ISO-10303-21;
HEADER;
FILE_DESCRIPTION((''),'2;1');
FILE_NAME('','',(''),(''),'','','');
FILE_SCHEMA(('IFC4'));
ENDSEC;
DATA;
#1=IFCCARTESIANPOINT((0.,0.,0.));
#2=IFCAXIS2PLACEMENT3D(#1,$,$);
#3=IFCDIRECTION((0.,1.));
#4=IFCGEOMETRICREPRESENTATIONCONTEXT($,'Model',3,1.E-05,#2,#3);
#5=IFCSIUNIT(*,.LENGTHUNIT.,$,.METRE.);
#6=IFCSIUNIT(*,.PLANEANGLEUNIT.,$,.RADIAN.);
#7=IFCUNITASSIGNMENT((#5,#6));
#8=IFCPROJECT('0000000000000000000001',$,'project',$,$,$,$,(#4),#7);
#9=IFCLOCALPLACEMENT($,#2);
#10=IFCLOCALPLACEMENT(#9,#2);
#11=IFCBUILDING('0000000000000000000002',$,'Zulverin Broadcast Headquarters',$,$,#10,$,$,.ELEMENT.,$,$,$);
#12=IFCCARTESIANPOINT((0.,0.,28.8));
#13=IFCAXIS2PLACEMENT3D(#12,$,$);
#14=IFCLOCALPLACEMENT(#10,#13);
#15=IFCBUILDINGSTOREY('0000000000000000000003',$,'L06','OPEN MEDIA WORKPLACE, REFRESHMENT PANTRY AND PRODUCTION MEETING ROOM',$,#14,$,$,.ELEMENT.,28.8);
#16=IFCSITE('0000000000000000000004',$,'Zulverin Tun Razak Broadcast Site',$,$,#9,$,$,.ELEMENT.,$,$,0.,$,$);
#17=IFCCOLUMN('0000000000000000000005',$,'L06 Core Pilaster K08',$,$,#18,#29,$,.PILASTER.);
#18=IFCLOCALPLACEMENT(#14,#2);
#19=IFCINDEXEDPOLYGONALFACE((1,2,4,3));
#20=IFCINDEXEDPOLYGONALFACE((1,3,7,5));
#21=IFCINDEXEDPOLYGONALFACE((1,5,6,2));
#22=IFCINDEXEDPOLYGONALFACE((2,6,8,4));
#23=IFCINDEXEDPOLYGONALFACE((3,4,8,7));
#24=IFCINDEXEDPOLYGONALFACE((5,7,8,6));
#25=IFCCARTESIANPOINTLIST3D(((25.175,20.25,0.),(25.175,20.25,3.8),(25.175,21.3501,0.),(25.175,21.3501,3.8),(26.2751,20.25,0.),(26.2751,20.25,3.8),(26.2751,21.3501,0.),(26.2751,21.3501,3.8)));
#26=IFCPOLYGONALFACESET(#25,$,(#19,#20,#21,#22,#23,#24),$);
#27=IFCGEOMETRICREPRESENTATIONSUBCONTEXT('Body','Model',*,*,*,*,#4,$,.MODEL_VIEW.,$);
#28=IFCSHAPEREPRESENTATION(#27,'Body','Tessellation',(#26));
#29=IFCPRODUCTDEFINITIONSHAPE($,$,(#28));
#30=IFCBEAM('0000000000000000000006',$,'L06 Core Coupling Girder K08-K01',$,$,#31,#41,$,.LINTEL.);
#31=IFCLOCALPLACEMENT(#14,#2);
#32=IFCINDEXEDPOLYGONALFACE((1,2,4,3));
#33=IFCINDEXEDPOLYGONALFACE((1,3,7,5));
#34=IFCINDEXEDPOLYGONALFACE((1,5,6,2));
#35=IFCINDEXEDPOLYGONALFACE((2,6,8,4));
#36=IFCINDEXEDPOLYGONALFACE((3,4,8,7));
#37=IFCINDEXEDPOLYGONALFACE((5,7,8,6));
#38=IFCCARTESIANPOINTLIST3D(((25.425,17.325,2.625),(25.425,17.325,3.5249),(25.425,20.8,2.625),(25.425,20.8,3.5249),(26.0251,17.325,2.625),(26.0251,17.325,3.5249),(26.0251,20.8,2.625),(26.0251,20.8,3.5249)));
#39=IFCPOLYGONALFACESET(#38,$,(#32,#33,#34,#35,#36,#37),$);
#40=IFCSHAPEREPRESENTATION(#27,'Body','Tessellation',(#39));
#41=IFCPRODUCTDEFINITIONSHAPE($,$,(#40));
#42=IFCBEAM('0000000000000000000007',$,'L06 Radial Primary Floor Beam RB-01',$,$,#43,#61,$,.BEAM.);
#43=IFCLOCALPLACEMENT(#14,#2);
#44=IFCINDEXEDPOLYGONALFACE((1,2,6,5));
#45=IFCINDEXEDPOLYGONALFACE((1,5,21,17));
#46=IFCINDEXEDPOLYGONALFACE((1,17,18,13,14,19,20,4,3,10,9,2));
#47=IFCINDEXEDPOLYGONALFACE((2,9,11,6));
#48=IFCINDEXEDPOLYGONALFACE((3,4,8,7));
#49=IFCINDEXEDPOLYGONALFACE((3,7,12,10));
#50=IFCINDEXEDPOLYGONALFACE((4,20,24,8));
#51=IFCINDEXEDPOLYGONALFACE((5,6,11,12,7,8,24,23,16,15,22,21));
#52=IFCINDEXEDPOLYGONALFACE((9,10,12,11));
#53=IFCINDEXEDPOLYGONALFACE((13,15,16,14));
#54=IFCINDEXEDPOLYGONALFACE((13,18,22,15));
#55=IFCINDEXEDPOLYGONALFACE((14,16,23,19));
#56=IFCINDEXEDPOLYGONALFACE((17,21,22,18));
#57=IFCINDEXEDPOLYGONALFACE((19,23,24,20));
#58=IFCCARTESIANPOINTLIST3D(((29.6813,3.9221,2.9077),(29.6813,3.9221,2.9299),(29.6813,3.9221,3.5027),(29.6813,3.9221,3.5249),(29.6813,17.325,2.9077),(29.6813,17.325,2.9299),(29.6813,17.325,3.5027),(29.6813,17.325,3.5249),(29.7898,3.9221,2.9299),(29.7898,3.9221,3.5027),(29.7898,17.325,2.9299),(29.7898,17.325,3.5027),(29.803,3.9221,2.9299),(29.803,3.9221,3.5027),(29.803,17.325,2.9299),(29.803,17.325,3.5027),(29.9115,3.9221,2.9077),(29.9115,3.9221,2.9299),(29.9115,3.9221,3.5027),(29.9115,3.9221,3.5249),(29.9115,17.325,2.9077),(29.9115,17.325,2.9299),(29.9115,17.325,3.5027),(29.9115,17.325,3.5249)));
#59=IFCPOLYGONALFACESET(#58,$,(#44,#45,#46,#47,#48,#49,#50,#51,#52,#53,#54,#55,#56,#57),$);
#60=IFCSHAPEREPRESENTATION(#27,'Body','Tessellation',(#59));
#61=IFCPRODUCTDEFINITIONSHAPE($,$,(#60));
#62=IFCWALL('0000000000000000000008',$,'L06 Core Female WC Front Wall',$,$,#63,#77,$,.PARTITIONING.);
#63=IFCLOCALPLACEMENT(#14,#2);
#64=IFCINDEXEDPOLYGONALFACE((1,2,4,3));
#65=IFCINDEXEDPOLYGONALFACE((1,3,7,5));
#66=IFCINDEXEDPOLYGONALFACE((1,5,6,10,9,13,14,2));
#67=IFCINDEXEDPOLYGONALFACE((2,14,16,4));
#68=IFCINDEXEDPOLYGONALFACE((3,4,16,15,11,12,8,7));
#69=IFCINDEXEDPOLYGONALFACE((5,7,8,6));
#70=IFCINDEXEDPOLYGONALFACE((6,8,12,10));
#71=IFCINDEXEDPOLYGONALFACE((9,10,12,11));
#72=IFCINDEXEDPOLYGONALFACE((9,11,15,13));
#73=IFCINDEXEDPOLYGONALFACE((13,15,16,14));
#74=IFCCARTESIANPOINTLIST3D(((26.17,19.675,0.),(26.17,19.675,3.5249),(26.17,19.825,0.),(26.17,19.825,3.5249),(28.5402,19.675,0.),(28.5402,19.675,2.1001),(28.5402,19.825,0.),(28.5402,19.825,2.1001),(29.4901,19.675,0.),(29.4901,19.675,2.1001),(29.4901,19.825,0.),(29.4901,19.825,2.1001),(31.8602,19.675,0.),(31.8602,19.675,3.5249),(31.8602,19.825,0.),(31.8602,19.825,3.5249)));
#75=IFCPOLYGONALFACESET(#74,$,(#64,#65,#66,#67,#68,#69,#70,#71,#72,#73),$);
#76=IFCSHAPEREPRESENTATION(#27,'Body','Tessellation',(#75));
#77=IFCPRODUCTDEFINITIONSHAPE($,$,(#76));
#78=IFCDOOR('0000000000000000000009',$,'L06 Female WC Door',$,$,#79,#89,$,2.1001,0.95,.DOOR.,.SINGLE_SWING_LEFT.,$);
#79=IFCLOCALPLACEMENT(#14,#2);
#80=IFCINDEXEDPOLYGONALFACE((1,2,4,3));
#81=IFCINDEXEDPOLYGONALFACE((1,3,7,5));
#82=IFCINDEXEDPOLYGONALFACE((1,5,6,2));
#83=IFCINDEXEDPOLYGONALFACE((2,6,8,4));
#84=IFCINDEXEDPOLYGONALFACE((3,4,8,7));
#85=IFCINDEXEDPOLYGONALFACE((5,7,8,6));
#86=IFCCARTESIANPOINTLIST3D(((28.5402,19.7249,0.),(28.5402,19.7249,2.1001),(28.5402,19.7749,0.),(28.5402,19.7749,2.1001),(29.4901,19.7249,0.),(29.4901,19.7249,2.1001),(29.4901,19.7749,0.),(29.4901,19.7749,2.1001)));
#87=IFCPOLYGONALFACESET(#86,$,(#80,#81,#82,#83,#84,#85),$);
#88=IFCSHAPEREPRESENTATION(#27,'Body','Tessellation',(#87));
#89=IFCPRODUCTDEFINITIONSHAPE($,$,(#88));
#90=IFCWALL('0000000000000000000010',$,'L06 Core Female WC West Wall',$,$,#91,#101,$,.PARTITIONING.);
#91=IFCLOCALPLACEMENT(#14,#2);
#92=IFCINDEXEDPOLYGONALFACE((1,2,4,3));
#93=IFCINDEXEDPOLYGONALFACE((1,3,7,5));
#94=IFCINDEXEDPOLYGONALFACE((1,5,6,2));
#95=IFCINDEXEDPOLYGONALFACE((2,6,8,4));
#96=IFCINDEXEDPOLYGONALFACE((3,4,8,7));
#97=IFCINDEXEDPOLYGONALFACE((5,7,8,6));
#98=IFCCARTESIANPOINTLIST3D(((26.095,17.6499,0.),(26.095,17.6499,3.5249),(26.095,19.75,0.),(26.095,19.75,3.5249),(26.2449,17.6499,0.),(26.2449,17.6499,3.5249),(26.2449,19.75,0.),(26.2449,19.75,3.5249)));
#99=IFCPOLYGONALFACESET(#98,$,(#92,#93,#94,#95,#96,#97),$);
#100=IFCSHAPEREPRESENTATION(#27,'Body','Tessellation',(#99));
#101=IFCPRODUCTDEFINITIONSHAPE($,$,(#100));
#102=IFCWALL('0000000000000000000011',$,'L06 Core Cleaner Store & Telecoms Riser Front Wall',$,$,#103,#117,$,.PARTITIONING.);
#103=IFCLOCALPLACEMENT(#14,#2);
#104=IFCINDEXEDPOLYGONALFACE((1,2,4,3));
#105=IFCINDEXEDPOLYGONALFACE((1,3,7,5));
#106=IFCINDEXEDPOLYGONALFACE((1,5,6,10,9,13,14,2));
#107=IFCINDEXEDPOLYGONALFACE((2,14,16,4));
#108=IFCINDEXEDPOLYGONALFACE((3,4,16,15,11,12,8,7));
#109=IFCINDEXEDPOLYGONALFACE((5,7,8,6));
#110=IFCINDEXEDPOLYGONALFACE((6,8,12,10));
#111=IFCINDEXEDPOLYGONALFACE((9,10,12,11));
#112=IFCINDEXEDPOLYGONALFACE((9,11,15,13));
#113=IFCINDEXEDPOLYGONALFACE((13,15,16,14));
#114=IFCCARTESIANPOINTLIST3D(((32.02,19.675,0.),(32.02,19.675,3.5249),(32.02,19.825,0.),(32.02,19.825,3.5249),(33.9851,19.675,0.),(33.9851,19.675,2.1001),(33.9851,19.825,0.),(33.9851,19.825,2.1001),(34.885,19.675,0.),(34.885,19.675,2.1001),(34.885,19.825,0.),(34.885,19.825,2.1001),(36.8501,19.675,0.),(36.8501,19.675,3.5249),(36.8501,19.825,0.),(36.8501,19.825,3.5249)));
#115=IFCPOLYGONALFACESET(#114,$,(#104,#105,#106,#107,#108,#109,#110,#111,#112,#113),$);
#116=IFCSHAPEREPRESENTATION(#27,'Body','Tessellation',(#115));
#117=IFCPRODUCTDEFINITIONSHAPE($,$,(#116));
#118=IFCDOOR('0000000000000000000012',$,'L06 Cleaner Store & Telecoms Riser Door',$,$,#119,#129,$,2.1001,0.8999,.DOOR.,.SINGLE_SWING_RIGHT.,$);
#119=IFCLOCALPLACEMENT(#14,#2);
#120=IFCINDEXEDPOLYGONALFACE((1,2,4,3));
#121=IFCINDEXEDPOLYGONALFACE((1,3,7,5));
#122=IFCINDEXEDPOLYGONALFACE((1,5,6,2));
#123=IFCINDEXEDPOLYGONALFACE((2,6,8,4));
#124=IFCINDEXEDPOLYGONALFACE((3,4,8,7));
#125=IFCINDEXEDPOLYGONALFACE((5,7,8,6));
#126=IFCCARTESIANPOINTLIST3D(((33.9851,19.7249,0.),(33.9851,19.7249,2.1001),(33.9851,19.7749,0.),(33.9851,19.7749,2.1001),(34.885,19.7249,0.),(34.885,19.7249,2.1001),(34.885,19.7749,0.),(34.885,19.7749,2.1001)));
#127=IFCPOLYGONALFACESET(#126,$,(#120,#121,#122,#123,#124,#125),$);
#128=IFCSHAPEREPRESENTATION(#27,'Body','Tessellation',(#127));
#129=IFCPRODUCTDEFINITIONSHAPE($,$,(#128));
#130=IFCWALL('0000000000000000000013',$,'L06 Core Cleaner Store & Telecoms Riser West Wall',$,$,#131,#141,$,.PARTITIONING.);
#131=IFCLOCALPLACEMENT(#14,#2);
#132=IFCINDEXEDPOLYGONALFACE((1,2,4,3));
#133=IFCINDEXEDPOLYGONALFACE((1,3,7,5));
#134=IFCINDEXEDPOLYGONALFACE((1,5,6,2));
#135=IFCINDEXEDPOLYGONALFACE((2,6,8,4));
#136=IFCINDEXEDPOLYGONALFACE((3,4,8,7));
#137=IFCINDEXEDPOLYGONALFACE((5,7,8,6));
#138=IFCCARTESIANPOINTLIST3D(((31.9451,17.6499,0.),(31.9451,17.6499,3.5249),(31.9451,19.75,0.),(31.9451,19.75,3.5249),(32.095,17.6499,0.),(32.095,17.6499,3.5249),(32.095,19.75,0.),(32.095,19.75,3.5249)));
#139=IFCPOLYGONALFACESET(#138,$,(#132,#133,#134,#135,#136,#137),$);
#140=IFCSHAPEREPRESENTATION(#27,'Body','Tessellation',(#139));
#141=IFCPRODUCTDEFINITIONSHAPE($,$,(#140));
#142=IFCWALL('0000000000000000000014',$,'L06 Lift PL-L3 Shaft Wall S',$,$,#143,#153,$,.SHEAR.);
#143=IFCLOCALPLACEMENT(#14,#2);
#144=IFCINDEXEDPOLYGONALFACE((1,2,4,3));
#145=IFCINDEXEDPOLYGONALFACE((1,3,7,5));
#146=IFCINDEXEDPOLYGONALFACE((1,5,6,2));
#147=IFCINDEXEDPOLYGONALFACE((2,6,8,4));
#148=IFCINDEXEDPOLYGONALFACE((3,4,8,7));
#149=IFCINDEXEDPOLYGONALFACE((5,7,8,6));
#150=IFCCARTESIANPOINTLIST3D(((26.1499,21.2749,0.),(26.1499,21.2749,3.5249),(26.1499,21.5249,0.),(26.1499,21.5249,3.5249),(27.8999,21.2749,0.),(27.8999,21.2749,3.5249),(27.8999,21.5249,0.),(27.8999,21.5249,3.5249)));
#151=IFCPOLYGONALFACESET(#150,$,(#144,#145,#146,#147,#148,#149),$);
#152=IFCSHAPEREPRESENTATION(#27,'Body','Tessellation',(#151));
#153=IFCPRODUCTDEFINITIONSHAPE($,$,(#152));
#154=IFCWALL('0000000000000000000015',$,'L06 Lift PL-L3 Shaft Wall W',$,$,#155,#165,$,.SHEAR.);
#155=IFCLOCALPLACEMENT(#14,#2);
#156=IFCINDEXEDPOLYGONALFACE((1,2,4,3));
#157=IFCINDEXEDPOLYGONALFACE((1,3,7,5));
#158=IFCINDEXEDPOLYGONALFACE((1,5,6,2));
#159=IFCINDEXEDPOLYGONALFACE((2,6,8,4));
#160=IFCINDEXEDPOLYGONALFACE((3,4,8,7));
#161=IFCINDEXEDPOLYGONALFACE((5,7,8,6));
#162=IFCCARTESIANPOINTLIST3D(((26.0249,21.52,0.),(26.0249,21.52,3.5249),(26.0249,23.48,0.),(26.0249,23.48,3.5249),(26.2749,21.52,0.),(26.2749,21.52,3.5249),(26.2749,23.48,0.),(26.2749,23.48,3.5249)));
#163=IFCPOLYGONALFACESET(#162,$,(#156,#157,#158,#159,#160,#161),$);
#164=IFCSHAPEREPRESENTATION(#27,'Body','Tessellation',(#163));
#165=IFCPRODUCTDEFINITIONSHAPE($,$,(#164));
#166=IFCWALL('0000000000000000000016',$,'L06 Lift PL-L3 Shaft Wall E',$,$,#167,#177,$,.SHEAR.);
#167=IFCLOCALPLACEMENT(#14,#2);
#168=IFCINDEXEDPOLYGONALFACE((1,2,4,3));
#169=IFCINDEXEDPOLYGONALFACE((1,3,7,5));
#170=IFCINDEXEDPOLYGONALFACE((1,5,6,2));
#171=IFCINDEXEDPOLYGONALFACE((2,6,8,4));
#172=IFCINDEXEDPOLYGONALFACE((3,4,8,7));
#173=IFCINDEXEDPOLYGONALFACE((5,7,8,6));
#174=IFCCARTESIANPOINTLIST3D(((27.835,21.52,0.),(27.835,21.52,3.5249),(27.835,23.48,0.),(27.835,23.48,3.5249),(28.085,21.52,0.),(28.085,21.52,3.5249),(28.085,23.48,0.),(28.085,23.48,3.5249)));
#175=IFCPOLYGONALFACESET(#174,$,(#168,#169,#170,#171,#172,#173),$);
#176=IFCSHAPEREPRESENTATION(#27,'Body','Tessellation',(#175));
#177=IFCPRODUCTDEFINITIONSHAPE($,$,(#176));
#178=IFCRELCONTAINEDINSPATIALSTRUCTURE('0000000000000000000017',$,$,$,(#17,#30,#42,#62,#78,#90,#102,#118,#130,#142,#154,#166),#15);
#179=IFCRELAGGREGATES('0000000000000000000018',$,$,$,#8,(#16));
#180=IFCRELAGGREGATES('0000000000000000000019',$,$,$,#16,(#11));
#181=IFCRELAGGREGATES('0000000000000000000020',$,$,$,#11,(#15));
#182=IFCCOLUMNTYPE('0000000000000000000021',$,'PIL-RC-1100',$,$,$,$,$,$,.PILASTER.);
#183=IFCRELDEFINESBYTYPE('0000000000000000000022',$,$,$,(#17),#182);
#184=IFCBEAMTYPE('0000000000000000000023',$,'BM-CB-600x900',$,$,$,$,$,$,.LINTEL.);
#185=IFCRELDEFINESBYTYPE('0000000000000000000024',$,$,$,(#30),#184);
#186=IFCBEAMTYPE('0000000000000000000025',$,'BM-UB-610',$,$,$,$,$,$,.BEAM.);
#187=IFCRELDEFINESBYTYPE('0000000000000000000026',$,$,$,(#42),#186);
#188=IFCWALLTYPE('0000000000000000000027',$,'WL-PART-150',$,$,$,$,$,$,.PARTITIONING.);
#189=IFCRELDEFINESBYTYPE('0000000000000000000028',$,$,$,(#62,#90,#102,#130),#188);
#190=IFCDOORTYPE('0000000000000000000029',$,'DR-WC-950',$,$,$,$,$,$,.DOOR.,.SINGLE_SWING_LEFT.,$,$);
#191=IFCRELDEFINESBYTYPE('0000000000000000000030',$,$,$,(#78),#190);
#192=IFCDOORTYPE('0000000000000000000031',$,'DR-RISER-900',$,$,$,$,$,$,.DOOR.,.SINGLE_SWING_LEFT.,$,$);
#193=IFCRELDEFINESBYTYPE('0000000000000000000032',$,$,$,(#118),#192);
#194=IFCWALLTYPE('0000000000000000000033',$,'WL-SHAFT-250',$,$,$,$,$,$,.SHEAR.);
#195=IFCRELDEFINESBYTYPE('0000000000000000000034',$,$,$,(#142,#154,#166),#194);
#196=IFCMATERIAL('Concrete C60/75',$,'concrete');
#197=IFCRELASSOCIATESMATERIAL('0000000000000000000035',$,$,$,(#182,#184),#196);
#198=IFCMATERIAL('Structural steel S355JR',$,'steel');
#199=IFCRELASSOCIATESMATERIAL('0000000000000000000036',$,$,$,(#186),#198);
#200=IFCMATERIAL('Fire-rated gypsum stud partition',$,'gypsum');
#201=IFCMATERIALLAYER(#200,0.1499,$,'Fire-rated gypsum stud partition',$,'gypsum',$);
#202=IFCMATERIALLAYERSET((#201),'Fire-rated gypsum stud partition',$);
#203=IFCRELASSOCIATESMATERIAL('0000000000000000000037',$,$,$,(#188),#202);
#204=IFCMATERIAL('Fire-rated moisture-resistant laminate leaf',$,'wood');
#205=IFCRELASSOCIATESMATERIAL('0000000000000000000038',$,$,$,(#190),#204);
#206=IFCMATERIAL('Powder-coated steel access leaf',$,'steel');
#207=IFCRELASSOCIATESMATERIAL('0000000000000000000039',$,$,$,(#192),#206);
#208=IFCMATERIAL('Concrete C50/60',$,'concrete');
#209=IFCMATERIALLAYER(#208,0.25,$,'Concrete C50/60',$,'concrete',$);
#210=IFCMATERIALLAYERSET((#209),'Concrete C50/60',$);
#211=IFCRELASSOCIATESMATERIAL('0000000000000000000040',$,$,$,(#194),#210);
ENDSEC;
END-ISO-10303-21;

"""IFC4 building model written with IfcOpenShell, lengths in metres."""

from ifc_helpers import new_model, si_unit, direction, frame, frame_2d, origin, origin_2d, place, context, subcontext, project, spatial, rectangle, i_section, extrude, material, layer, layer_set, material_profile, profile_set, type_object, element, fill, save


model = new_model("IFC4")

# Units and contexts
model_context = context("Model", 3, precision=1e-05, world=origin(), true_north=direction((0.0, 1.0)))
body_context = subcontext(model_context, "Body", "Model", "MODEL_VIEW")
ifc_project = project(units=[si_unit("LENGTHUNIT", "METRE"), si_unit("PLANEANGLEUNIT", "RADIAN")], contexts=[model_context])

# Site, building, storey
site_placement = place(None, origin())
site = spatial("IfcSite", under=ifc_project, at=site_placement, Name="Zulverin Tun Razak Broadcast Site", CompositionType="ELEMENT", RefElevation=0.0)
building_placement = place(site_placement, origin())
building = spatial("IfcBuilding", under=site, at=building_placement, Name="Zulverin Broadcast Headquarters", CompositionType="ELEMENT")
storey_placement = place(building_placement, frame((0.0, 0.0, 28.8)))
storey = spatial("IfcBuildingStorey", under=building, at=storey_placement, Name="L06", Description="OPEN MEDIA WORKPLACE, REFRESHMENT PANTRY AND PRODUCTION MEETING ROOM", CompositionType="ELEMENT", Elevation=28.8)

# Column
ifc_material_1 = material(Name="Concrete C60/75", Category="concrete")
ifc_material_profile_1 = material_profile(ifc_material_1, rectangle(XDim=1.1001, YDim=1.1001, at=origin_2d()), Name="Concrete C60/75", Category="concrete")
ifc_profile_set_1 = profile_set([ifc_material_profile_1], Name="Concrete C60/75")
column_type = type_object("IfcColumnType", Name="PIL-RC-1100", PredefinedType="PILASTER", material=ifc_profile_set_1)
column_placement = place(storey_placement, frame((25.7251, 20.8, 0.0), z_axis=(0.0, 0.0, 1.0), x_axis=(1.0, 0.0, 0.0)))
element("IfcColumn", 1, at=column_placement, inside=storey, type_object=column_type, Name="L06 Core Pilaster K08", PredefinedType="PILASTER", context=body_context, shape_type="SweptSolid", body=[
    extrude(rectangle(XDim=1.1001, YDim=1.1001, at=origin_2d()), origin(), (0.0, 0.0, 1.0), 3.8),
])

# Beams
ifc_material_profile_2 = material_profile(ifc_material_1, rectangle(XDim=0.6001, YDim=0.8999, at=origin_2d()), Name="Concrete C60/75", Category="concrete")
ifc_profile_set_2 = profile_set([ifc_material_profile_2], Name="Concrete C60/75")
beam_type_1 = type_object("IfcBeamType", Name="BM-CB-600x900", PredefinedType="LINTEL", material=ifc_profile_set_2)
beam_1_placement = place(storey_placement, frame((25.7251, 20.8, 3.075), z_axis=(0.0, -1.0, 0.0), x_axis=(1.0, 0.0, 0.0)))
element("IfcBeam", 2, at=beam_1_placement, inside=storey, type_object=beam_type_1, Name="L06 Core Coupling Girder K08-K01", PredefinedType="LINTEL", context=body_context, shape_type="SweptSolid", body=[
    extrude(rectangle(XDim=0.6001, YDim=0.8999, at=origin_2d()), origin(), (0.0, 0.0, 1.0), 3.4751),
])
ifc_material_2 = material(Name="Structural steel S355JR", Category="steel")
ifc_material_profile_3 = material_profile(ifc_material_2, i_section(OverallWidth=0.2302, OverallDepth=0.6172, WebThickness=0.0132, FlangeThickness=0.0222, at=origin_2d()), Name="Structural steel S355JR", Category="steel")
ifc_profile_set_3 = profile_set([ifc_material_profile_3], Name="Structural steel S355JR")
beam_type_2 = type_object("IfcBeamType", Name="BM-UB-610", PredefinedType="BEAM", material=ifc_profile_set_3)
beam_2_placement = place(storey_placement, frame((29.7964, 17.325, 3.2163), z_axis=(0.0, -1.0, 0.0), x_axis=(1.0, 0.0, 0.0)))
element("IfcBeam", 3, at=beam_2_placement, inside=storey, type_object=beam_type_2, Name="L06 Radial Primary Floor Beam RB-01", PredefinedType="BEAM", context=body_context, shape_type="SweptSolid", body=[
    extrude(i_section(OverallWidth=0.2302, OverallDepth=0.6172, WebThickness=0.0132, FlangeThickness=0.0222, at=origin_2d()), origin(), (0.0, 0.0, 1.0), 13.4028),
])

# Wall, opening, door
ifc_material_3 = material(Name="Fire-rated gypsum stud partition", Category="gypsum")
ifc_layer_1 = layer(ifc_material_3, 0.1499, Name="Fire-rated gypsum stud partition", Category="gypsum")
ifc_layer_set_1 = layer_set([ifc_layer_1], Name="Fire-rated gypsum stud partition")
wall_type_1 = type_object("IfcWallType", Name="WL-PART-150", PredefinedType="PARTITIONING", material=ifc_layer_set_1)
wall_1_placement = place(storey_placement, frame((26.1699, 19.75, 0.0), z_axis=(0.0, 0.0, 1.0), x_axis=(1.0, 0.0, 0.0)))
wall_1 = element("IfcWall", 4, at=wall_1_placement, inside=storey, type_object=wall_type_1, Name="L06 Core Female WC Front Wall", PredefinedType="PARTITIONING", context=body_context, shape_type="SweptSolid", body=[
    extrude(rectangle(XDim=5.6902, YDim=0.1499, at=frame_2d((2.8452, 0.0))), origin(), (0.0, 0.0, 1.0), 3.5249),
])
opening_1_placement = place(wall_1_placement, frame((2.3701, 0.0, 0.0)))
opening_1 = element("IfcOpeningElement", 5, at=opening_1_placement, cuts=wall_1, PredefinedType="OPENING", context=body_context, shape_type="SweptSolid", body=[
    extrude(rectangle(XDim=0.95, YDim=2.1001, at=frame_2d((0.4751, 1.05))), frame((0.0, 0.085, 0.0), z_axis=(0.0, -1.0, 0.0), x_axis=(1.0, 0.0, 0.0)), (0.0, 0.0, 1.0), 0.1699),
])
ifc_material_4 = material(Name="Fire-rated moisture-resistant laminate leaf", Category="wood")
door_type_1 = type_object("IfcDoorType", Name="DR-WC-950", OperationType="SINGLE_SWING_LEFT", PredefinedType="DOOR", material=ifc_material_4)
door_1_placement = place(opening_1_placement, origin())
door_1 = element("IfcDoor", 6, at=door_1_placement, inside=storey, type_object=door_type_1, Name="L06 Female WC Door", OperationType="SINGLE_SWING_LEFT", OverallHeight=2.1001, OverallWidth=0.95, PredefinedType="DOOR", context=body_context, shape_type="SweptSolid", body=[
    extrude(rectangle(XDim=0.95, YDim=2.1001, at=frame_2d((0.4751, 1.05))), frame((0.0, 0.0249, 0.0), z_axis=(0.0, -1.0, 0.0), x_axis=(1.0, 0.0, 0.0)), (0.0, 0.0, 1.0), 0.05),
])
fill(opening_1, door_1)

# Wall
wall_2_placement = place(storey_placement, frame((26.1699, 17.6499, 0.0), z_axis=(0.0, 0.0, 1.0), x_axis=(0.0, 1.0, 0.0)))
element("IfcWall", 7, at=wall_2_placement, inside=storey, type_object=wall_type_1, Name="L06 Core Female WC West Wall", PredefinedType="PARTITIONING", context=body_context, shape_type="SweptSolid", body=[
    extrude(rectangle(XDim=2.1001, YDim=0.1499, at=frame_2d((1.05, 0.0))), origin(), (0.0, 0.0, 1.0), 3.5249),
])

# Wall, opening, door
wall_3_placement = place(storey_placement, frame((32.02, 19.75, 0.0), z_axis=(0.0, 0.0, 1.0), x_axis=(1.0, 0.0, 0.0)))
wall_3 = element("IfcWall", 8, at=wall_3_placement, inside=storey, type_object=wall_type_1, Name="L06 Core Cleaner Store & Telecoms Riser Front Wall", PredefinedType="PARTITIONING", context=body_context, shape_type="SweptSolid", body=[
    extrude(rectangle(XDim=4.8301, YDim=0.1499, at=frame_2d((2.415, 0.0))), origin(), (0.0, 0.0, 1.0), 3.5249),
])
opening_2_placement = place(wall_3_placement, frame((1.9651, 0.0, 0.0)))
opening_2 = element("IfcOpeningElement", 9, at=opening_2_placement, cuts=wall_3, PredefinedType="OPENING", context=body_context, shape_type="SweptSolid", body=[
    extrude(rectangle(XDim=0.8999, YDim=2.1001, at=frame_2d((0.45, 1.05))), frame((0.0, 0.085, 0.0), z_axis=(0.0, -1.0, 0.0), x_axis=(1.0, 0.0, 0.0)), (0.0, 0.0, 1.0), 0.1699),
])
ifc_material_5 = material(Name="Powder-coated steel access leaf", Category="steel")
door_type_2 = type_object("IfcDoorType", Name="DR-RISER-900", OperationType="SINGLE_SWING_LEFT", PredefinedType="DOOR", material=ifc_material_5)
door_2_placement = place(opening_2_placement, origin())
door_2 = element("IfcDoor", 10, at=door_2_placement, inside=storey, type_object=door_type_2, Name="L06 Cleaner Store & Telecoms Riser Door", OperationType="SINGLE_SWING_RIGHT", OverallHeight=2.1001, OverallWidth=0.8999, PredefinedType="DOOR", context=body_context, shape_type="SweptSolid", body=[
    extrude(rectangle(XDim=0.8999, YDim=2.1001, at=frame_2d((0.45, 1.05))), frame((0.0, 0.0249, 0.0), z_axis=(0.0, -1.0, 0.0), x_axis=(1.0, 0.0, 0.0)), (0.0, 0.0, 1.0), 0.05),
])
fill(opening_2, door_2)

# Walls
wall_4_placement = place(storey_placement, frame((32.02, 17.6499, 0.0), z_axis=(0.0, 0.0, 1.0), x_axis=(0.0, 1.0, 0.0)))
element("IfcWall", 11, at=wall_4_placement, inside=storey, type_object=wall_type_1, Name="L06 Core Cleaner Store & Telecoms Riser West Wall", PredefinedType="PARTITIONING", context=body_context, shape_type="SweptSolid", body=[
    extrude(rectangle(XDim=2.1001, YDim=0.1499, at=frame_2d((1.05, 0.0))), origin(), (0.0, 0.0, 1.0), 3.5249),
])
ifc_material_6 = material(Name="Concrete C50/60", Category="concrete")
ifc_layer_2 = layer(ifc_material_6, 0.25, Name="Concrete C50/60", Category="concrete")
ifc_layer_set_2 = layer_set([ifc_layer_2], Name="Concrete C50/60")
wall_type_2 = type_object("IfcWallType", Name="WL-SHAFT-250", PredefinedType="SHEAR", material=ifc_layer_set_2)
wall_5_placement = place(storey_placement, frame((26.1499, 21.3999, 0.0), z_axis=(0.0, 0.0, 1.0), x_axis=(1.0, 0.0, 0.0)))
element("IfcWall", 12, at=wall_5_placement, inside=storey, type_object=wall_type_2, Name="L06 Lift PL-L3 Shaft Wall S", PredefinedType="SHEAR", context=body_context, shape_type="SweptSolid", body=[
    extrude(rectangle(XDim=1.75, YDim=0.25, at=frame_2d((0.875, 0.0))), origin(), (0.0, 0.0, 1.0), 3.5249),
])
for number, where, z_axis, x_axis, name in (
    (13, (26.1499, 21.52, 0.0), (0.0, 0.0, 1.0), (0.0, 1.0, 0.0), "L06 Lift PL-L3 Shaft Wall W"),
    (14, (27.96, 21.52, 0.0), (0.0, 0.0, 1.0), (0.0, 1.0, 0.0), "L06 Lift PL-L3 Shaft Wall E"),
):
    element("IfcWall", number, at=place(storey_placement, frame(where, z_axis=z_axis, x_axis=x_axis)), inside=storey, type_object=wall_type_2, Name=name, PredefinedType="SHEAR", context=body_context, shape_type="SweptSolid", body=[
        extrude(rectangle(XDim=1.96, YDim=0.25, at=frame_2d((0.98, 0.0))), origin(), (0.0, 0.0, 1.0), 3.5249),
    ])

save(model, "model.ifc")
